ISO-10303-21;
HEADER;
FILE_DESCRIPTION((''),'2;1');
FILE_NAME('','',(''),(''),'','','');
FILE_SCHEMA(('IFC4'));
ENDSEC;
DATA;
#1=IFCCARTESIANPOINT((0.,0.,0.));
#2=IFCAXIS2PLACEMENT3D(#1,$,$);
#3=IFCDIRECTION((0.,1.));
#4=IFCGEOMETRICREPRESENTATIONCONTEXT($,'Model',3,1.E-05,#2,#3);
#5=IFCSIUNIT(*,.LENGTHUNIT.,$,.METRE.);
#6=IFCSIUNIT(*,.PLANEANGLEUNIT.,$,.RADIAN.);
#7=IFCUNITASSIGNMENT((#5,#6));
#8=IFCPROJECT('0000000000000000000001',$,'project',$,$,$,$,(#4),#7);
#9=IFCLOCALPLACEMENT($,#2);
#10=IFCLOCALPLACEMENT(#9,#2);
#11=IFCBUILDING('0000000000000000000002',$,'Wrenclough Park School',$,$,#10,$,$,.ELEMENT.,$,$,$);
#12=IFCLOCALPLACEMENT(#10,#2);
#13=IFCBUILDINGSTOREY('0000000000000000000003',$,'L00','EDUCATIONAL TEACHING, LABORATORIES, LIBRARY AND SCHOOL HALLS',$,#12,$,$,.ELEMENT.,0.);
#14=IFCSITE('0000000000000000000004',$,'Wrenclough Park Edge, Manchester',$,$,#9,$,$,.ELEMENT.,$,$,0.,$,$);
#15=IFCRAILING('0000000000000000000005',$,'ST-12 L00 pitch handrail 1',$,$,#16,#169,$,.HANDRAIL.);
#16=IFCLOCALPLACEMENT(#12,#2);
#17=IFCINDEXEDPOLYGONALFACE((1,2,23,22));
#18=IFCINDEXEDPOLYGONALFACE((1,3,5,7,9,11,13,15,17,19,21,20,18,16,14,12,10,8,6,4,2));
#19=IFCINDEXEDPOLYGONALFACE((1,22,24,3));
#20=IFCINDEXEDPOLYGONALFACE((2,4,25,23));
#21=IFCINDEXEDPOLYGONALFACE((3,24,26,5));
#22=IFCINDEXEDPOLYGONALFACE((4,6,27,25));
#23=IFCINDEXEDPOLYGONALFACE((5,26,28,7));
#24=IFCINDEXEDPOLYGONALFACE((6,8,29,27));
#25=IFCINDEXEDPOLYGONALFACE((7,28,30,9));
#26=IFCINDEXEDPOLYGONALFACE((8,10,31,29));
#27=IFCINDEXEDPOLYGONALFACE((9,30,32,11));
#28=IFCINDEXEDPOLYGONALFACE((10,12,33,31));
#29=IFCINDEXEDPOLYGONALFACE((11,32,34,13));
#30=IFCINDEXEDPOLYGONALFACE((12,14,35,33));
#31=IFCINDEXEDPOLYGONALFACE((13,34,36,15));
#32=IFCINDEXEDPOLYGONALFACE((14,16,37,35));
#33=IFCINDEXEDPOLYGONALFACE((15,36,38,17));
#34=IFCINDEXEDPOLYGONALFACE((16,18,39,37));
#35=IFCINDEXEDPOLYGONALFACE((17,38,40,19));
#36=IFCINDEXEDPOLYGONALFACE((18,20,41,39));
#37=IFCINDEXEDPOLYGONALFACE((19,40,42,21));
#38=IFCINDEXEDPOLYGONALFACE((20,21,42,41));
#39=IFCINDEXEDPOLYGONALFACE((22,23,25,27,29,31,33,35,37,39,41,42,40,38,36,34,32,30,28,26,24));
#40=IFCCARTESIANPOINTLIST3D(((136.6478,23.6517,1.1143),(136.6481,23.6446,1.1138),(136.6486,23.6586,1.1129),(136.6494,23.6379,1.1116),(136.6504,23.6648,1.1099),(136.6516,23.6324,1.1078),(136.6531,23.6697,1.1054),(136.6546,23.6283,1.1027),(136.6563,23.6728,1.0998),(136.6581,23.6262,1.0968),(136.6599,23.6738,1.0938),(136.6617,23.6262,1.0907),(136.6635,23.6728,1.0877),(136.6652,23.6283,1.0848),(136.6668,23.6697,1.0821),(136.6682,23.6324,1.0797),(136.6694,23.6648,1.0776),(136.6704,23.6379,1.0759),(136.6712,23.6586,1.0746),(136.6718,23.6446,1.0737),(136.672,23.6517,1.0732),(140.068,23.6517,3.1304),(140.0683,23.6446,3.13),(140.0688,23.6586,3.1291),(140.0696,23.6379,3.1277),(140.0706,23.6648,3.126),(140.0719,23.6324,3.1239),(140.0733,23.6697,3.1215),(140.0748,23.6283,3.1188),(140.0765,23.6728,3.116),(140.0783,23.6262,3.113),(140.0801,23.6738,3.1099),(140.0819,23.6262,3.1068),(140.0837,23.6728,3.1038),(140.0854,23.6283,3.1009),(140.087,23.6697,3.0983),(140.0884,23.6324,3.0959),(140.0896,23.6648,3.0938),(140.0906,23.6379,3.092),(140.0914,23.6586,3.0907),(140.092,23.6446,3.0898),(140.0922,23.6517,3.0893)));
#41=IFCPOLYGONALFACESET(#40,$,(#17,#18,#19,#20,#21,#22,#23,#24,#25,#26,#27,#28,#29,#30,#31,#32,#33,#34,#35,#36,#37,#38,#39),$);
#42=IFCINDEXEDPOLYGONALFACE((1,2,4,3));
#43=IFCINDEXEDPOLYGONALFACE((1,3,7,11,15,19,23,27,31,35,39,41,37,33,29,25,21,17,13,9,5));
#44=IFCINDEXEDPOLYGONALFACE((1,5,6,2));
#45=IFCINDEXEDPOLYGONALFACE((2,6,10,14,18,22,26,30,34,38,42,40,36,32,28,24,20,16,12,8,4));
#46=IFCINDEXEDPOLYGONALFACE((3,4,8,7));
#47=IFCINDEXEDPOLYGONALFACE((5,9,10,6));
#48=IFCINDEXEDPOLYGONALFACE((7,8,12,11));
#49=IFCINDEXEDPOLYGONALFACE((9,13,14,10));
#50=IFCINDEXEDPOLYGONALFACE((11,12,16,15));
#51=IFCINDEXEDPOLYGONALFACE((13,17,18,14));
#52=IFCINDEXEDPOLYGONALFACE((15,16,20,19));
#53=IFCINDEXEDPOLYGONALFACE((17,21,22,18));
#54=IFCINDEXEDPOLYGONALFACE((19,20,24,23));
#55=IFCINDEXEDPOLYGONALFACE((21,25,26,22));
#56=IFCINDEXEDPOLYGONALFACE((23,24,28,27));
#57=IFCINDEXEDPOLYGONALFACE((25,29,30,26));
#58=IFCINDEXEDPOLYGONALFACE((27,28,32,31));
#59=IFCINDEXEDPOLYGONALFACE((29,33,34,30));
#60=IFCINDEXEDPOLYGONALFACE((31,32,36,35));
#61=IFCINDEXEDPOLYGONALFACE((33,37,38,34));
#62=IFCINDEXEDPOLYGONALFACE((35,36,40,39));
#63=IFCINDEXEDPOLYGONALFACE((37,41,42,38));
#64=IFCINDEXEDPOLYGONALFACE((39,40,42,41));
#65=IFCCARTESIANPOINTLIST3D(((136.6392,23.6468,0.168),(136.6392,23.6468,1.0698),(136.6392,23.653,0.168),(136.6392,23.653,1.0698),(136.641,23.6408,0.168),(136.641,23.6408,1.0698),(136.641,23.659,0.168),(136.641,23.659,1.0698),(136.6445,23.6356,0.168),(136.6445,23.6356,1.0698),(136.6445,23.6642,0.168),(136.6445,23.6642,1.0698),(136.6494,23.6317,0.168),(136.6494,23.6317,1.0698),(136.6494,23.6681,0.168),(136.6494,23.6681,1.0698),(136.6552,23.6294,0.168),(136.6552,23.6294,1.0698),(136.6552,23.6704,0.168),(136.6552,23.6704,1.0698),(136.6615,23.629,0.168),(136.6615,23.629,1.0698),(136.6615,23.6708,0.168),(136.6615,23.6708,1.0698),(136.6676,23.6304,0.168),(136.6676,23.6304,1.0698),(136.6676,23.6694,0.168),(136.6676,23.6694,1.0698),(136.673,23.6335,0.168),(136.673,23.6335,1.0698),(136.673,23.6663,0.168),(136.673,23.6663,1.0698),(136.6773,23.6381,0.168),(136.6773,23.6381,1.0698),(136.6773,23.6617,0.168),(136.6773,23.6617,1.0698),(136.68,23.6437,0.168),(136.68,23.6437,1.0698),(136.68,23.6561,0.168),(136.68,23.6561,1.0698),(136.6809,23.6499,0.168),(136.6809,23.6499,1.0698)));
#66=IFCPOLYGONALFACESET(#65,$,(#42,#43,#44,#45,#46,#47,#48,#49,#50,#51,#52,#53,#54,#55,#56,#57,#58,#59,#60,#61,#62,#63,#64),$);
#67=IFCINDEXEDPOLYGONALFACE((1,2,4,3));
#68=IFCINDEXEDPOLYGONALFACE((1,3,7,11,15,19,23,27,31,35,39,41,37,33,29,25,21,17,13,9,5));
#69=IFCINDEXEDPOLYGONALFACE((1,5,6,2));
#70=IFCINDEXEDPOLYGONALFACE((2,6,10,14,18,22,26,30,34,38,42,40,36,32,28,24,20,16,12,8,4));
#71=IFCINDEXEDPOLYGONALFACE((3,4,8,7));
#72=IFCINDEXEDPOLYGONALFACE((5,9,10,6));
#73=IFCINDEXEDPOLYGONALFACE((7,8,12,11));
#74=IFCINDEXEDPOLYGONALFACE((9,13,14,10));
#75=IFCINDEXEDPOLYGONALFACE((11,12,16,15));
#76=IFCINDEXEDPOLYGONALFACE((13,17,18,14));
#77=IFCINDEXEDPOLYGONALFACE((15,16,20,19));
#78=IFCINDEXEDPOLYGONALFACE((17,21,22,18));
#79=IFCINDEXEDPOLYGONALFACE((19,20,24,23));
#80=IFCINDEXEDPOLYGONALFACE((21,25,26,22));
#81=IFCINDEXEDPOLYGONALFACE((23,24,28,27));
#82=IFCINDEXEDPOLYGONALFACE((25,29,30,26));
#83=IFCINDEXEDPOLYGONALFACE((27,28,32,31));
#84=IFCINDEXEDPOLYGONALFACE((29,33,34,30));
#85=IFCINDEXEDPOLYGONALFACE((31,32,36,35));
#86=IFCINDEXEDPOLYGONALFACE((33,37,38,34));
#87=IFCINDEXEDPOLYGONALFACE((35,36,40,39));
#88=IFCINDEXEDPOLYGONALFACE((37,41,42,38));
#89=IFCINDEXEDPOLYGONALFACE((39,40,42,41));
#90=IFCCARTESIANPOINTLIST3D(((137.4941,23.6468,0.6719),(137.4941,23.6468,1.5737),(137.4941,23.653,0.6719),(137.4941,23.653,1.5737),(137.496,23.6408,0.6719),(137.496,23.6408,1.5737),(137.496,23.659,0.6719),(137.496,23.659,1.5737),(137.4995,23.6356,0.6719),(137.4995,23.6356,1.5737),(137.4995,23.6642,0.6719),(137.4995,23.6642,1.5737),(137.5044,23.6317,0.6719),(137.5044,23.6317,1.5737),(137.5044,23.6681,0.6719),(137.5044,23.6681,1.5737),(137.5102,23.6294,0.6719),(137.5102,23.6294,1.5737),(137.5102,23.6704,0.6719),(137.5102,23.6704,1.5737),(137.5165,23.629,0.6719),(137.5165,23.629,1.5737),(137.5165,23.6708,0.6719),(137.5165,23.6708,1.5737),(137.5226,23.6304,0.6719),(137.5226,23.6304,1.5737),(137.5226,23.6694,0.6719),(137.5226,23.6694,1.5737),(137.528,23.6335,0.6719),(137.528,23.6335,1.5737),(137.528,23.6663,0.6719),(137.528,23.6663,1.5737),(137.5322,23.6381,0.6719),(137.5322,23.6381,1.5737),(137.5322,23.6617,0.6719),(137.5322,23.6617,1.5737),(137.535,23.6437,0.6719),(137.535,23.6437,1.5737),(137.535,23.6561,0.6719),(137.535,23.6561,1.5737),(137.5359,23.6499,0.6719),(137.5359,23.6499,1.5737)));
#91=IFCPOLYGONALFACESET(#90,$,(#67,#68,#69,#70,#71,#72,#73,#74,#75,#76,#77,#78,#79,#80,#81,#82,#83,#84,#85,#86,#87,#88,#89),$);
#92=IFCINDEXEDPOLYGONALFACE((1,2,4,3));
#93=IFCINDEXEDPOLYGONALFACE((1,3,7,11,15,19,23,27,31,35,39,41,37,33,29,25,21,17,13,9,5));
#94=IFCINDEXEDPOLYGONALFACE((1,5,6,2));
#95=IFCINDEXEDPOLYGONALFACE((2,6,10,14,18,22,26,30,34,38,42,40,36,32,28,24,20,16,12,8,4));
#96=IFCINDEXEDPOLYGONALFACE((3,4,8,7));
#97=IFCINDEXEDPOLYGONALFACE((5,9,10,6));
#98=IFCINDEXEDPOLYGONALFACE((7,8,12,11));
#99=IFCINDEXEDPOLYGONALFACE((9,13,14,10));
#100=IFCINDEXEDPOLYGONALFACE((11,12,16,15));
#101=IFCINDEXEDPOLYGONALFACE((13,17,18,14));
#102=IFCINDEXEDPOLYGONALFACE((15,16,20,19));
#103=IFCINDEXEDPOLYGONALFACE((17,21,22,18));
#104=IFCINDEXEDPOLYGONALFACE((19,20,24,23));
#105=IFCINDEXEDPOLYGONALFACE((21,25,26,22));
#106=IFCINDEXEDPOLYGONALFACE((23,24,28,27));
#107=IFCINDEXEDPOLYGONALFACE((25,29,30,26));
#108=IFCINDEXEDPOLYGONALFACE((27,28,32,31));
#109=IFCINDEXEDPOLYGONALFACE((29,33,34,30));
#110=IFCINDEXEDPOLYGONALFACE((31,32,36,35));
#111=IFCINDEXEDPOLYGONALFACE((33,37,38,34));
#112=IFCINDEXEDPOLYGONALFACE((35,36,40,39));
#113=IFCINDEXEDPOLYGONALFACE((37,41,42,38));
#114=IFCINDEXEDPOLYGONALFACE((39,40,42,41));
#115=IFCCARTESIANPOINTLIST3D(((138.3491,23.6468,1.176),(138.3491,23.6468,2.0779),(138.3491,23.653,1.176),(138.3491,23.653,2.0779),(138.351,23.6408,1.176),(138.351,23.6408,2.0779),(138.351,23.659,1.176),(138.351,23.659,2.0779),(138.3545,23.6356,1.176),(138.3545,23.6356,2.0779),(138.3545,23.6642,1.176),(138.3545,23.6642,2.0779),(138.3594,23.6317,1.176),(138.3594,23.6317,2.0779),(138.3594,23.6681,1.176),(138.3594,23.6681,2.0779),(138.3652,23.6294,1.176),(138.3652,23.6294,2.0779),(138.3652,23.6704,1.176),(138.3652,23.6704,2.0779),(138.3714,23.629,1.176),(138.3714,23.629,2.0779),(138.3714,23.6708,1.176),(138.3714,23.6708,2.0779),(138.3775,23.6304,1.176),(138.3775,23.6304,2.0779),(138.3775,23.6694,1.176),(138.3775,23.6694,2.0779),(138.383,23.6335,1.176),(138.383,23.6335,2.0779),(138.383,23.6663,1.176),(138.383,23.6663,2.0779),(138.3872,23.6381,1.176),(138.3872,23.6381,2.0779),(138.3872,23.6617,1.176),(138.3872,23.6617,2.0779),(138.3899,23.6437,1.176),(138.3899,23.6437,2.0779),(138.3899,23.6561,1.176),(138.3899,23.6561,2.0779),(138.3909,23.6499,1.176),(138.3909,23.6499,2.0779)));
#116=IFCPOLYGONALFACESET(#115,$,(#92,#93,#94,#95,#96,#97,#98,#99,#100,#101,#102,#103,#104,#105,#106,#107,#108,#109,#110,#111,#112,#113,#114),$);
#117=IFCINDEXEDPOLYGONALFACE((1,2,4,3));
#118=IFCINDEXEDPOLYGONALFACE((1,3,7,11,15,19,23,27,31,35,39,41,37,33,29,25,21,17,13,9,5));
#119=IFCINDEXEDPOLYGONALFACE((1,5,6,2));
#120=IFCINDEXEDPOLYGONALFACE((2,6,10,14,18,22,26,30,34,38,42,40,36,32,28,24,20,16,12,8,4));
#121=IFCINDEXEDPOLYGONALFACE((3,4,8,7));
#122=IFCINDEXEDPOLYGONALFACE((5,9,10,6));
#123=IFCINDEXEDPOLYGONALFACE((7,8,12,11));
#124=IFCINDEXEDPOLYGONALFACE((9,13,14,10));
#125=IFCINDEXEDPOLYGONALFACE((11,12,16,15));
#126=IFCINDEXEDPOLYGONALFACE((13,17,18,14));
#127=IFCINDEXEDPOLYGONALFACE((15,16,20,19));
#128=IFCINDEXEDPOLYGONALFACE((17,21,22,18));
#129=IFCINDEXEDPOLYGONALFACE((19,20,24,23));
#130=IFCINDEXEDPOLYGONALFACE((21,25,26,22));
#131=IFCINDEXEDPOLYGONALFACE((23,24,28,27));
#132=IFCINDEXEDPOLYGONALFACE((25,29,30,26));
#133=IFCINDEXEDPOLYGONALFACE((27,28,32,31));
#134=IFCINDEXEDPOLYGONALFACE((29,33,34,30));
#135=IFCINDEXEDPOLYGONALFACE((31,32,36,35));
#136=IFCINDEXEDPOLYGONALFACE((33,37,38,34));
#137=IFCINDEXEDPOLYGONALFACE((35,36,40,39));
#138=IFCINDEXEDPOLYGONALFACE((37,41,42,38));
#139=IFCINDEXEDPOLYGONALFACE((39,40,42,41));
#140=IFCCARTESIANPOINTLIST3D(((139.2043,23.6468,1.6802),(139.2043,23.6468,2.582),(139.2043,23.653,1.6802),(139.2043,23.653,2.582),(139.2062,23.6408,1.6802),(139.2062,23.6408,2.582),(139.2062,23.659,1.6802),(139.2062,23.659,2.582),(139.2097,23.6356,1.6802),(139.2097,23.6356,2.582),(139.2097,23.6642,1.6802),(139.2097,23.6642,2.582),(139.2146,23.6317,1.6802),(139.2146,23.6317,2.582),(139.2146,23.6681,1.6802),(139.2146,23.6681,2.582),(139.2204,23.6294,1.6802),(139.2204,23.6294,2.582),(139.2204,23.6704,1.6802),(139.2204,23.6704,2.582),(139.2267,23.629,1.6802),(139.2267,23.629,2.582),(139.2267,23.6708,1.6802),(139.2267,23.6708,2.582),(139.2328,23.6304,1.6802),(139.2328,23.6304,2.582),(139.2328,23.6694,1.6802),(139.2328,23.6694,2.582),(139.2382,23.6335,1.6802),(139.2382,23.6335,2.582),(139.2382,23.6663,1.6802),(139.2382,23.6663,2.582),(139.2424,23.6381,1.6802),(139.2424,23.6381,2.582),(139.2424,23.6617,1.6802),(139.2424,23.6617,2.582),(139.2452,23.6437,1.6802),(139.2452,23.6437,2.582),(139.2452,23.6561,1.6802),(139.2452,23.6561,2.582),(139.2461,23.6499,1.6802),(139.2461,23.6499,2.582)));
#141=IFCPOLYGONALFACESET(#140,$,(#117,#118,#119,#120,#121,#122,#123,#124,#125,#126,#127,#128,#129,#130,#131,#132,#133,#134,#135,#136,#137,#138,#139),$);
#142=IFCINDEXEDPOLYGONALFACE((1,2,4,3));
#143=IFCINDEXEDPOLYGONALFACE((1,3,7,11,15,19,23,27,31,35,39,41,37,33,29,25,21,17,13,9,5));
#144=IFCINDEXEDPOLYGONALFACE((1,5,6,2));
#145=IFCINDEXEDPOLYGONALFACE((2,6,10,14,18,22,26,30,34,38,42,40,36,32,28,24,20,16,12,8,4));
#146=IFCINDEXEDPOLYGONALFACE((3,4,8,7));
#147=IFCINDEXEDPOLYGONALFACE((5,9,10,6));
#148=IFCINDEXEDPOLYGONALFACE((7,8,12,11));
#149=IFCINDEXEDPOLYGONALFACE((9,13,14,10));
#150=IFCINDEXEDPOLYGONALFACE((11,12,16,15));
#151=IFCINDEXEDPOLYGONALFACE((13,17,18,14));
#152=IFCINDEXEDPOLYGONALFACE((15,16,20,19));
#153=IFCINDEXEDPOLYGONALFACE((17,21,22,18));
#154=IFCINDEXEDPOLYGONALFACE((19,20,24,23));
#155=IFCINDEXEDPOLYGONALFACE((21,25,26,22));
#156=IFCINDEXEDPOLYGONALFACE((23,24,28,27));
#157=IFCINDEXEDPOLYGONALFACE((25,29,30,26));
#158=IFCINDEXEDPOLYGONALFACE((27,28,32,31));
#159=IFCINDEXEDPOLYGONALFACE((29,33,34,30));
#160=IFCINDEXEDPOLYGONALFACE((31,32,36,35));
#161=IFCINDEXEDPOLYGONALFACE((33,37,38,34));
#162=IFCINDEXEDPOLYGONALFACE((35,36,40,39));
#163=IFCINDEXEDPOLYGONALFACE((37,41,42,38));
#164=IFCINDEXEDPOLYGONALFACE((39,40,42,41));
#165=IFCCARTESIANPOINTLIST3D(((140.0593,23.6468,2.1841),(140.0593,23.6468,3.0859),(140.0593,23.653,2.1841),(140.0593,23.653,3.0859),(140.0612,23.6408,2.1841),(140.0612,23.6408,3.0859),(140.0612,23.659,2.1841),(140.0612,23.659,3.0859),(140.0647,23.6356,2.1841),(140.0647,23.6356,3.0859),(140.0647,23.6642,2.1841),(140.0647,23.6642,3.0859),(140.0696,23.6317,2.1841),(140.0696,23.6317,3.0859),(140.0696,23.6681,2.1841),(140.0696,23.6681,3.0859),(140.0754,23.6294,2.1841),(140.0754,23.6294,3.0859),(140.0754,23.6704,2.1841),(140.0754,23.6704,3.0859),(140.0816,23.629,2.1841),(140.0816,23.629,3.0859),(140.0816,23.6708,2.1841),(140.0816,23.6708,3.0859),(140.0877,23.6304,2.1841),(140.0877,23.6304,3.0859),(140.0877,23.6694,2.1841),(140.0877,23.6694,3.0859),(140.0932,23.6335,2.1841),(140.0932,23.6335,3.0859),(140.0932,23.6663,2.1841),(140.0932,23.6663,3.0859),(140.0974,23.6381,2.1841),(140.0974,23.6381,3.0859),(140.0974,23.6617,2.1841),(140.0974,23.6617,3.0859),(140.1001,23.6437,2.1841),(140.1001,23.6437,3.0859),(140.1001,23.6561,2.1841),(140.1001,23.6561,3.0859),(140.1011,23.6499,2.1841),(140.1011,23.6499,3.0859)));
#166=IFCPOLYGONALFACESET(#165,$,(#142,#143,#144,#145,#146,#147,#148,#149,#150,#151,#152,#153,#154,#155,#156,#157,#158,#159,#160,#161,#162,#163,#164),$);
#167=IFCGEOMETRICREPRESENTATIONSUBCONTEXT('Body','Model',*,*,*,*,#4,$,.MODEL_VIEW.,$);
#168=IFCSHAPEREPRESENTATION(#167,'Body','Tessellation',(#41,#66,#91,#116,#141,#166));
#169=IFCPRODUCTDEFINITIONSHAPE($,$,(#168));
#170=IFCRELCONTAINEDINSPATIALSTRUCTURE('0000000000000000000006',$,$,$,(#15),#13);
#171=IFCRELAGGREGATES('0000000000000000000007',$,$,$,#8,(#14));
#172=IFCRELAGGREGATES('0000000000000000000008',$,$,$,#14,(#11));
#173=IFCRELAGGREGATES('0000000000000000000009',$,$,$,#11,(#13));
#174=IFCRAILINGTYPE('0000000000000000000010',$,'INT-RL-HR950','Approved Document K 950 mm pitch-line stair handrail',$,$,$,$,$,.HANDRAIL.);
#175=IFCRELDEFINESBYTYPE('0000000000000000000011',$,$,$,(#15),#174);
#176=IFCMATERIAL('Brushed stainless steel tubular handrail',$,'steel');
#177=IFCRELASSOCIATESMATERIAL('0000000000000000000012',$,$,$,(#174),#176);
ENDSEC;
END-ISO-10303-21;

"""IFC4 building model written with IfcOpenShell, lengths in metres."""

from ifc_helpers import new_model, si_unit, direction, frame, origin, origin_2d, place, context, subcontext, project, spatial, circle, extrude, material, type_object, element, save


model = new_model("IFC4")

# Units and contexts
model_context = context("Model", 3, precision=1e-05, world=origin(), true_north=direction((0.0, 1.0)))
body_context = subcontext(model_context, "Body", "Model", "MODEL_VIEW")
ifc_project = project(units=[si_unit("LENGTHUNIT", "METRE"), si_unit("PLANEANGLEUNIT", "RADIAN")], contexts=[model_context])

# Site, building, storey
site_placement = place(None, origin())
site = spatial("IfcSite", under=ifc_project, at=site_placement, Name="Wrenclough Park Edge, Manchester", CompositionType="ELEMENT", RefElevation=0.0)
building_placement = place(site_placement, origin())
building = spatial("IfcBuilding", under=site, at=building_placement, Name="Wrenclough Park School", CompositionType="ELEMENT")
storey_placement = place(building_placement, origin())
storey = spatial("IfcBuildingStorey", under=building, at=storey_placement, Name="L00", Description="EDUCATIONAL TEACHING, LABORATORIES, LIBRARY AND SCHOOL HALLS", CompositionType="ELEMENT", Elevation=0.0)

# Railing
ifc_material_1 = material(Name="Brushed stainless steel tubular handrail", Category="steel")
railing_type_1 = type_object("IfcRailingType", Name="INT-RL-HR950", Description="Approved Document K 950 mm pitch-line stair handrail", PredefinedType="HANDRAIL", material=ifc_material_1)
railing_1_placement = place(storey_placement, frame((136.6599, 23.6499, 0.168)))
element("IfcRailing", 1, at=railing_1_placement, inside=storey, type_object=railing_type_1, Name="ST-12 L00 pitch handrail 1", PredefinedType="HANDRAIL", context=body_context, shape_type="SweptSolid", body=[
    extrude(circle(Radius=0.0239, at=origin_2d()), frame((0.0, 0.0, 0.9258), z_axis=(0.861466, 0.0, 0.507815), x_axis=(0.0, 1.0, 0.0)), (0.0, 0.0, 1.0), 3.9702),
    extrude(circle(Radius=0.021, at=origin_2d()), origin(), (0.0, 0.0, 1.0), 0.9019),
    extrude(circle(Radius=0.021, at=origin_2d()), frame((0.855, 0.0, 0.5039)), (0.0, 0.0, 1.0), 0.9019),
    extrude(circle(Radius=0.021, at=origin_2d()), frame((1.71, 0.0, 1.0081)), (0.0, 0.0, 1.0), 0.9019),
    extrude(circle(Radius=0.021, at=origin_2d()), frame((2.5652, 0.0, 1.5122)), (0.0, 0.0, 1.0), 0.9019),
    extrude(circle(Radius=0.021, at=origin_2d()), frame((3.4202, 0.0, 2.0161)), (0.0, 0.0, 1.0), 0.9019),
])

save(model, "model.ifc")
